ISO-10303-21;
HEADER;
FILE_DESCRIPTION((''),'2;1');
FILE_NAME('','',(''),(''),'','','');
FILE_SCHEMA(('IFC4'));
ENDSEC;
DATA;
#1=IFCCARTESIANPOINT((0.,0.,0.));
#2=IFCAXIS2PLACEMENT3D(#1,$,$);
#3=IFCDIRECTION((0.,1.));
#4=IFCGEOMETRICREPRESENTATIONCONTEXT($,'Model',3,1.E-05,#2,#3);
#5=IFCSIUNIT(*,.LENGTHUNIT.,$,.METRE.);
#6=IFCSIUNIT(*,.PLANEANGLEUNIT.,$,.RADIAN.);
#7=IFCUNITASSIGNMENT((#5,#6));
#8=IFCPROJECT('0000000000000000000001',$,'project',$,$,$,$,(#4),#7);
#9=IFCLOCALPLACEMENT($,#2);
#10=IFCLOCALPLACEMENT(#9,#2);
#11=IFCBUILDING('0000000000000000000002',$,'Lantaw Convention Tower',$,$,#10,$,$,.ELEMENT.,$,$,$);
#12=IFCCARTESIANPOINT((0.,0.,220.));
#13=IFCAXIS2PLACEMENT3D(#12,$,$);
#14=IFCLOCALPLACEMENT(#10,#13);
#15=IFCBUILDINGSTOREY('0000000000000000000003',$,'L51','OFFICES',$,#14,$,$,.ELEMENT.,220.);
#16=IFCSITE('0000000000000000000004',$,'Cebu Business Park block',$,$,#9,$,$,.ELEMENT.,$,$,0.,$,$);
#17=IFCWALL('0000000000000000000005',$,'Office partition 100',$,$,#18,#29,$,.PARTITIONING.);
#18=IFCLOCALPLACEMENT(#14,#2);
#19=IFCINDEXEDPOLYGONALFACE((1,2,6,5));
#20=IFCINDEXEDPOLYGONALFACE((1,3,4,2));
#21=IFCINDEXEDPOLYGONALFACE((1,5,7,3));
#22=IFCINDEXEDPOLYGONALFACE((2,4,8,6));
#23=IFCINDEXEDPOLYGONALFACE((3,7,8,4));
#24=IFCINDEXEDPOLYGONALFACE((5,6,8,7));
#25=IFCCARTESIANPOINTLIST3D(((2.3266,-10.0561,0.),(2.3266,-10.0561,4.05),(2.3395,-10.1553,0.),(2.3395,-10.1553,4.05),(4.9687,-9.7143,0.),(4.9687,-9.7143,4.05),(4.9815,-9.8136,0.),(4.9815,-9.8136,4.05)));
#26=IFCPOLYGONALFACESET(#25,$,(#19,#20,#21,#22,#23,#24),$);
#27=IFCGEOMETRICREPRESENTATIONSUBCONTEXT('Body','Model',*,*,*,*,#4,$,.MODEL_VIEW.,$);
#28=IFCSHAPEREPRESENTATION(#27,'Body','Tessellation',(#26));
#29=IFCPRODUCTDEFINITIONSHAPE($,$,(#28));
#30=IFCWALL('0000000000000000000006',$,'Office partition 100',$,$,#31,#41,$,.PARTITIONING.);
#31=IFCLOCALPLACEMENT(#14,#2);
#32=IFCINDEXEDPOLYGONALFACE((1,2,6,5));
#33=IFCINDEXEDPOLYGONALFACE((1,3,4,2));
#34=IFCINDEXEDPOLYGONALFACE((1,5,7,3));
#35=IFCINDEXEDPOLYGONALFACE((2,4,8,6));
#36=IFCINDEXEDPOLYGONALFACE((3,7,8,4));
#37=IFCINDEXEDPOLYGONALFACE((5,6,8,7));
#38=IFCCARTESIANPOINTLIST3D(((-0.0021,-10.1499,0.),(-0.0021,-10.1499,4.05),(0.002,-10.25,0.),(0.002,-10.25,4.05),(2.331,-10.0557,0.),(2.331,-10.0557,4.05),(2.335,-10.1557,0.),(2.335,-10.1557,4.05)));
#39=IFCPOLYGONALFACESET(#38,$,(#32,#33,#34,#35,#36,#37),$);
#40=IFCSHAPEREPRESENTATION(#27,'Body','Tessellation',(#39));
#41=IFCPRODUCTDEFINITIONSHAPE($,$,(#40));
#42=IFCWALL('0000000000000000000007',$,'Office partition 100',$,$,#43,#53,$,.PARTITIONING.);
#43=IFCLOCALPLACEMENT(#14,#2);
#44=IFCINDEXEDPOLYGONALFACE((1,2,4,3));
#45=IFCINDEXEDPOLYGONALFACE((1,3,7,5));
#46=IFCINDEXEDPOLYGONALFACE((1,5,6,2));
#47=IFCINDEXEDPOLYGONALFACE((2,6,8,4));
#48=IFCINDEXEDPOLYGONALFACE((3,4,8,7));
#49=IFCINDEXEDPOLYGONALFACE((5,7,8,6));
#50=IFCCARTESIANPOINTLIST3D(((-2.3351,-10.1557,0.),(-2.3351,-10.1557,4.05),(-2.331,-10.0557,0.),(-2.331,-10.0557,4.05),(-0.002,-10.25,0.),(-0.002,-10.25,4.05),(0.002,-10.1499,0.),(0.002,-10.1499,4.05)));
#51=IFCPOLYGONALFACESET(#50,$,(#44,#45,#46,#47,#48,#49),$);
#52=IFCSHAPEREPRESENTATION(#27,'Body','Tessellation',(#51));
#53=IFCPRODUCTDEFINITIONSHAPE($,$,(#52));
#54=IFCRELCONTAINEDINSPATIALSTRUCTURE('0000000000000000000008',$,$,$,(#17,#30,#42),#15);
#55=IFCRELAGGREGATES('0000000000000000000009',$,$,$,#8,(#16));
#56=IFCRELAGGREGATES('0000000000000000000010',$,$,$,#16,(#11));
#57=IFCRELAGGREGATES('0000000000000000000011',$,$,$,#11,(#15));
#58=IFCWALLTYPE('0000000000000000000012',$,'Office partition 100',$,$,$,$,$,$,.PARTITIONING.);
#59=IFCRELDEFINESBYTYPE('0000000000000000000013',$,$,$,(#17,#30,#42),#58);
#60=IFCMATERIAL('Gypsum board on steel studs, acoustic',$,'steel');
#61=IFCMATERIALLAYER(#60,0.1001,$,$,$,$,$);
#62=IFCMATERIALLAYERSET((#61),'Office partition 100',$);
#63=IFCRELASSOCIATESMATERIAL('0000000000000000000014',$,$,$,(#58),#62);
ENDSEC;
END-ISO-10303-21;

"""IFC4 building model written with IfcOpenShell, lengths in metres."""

from ifc_helpers import new_model, si_unit, direction, frame, frame_2d, origin, place, context, subcontext, project, spatial, rectangle, extrude, material, layer, layer_set, type_object, element, save


model = new_model("IFC4")

# Units and contexts
model_context = context("Model", 3, precision=1e-05, world=origin(), true_north=direction((0.0, 1.0)))
body_context = subcontext(model_context, "Body", "Model", "MODEL_VIEW")
ifc_project = project(units=[si_unit("LENGTHUNIT", "METRE"), si_unit("PLANEANGLEUNIT", "RADIAN")], contexts=[model_context])

# Site, building, storey
site_placement = place(None, origin())
site = spatial("IfcSite", under=ifc_project, at=site_placement, Name="Cebu Business Park block", CompositionType="ELEMENT", RefElevation=0.0)
building_placement = place(site_placement, origin())
building = spatial("IfcBuilding", under=site, at=building_placement, Name="Lantaw Convention Tower", CompositionType="ELEMENT")
storey_placement = place(building_placement, frame((0.0, 0.0, 220.0)))
storey = spatial("IfcBuildingStorey", under=building, at=storey_placement, Name="L51", Description="OFFICES", CompositionType="ELEMENT", Elevation=220.0)

# Shared definitions
ifc_material_1 = material(Name="Gypsum board on steel studs, acoustic", Category="steel")
ifc_layer_1 = layer(ifc_material_1, 0.1001)
ifc_layer_set_1 = layer_set([ifc_layer_1], Name="Office partition 100")
wall_type_1 = type_object("IfcWallType", Name="Office partition 100", PredefinedType="PARTITIONING", material=ifc_layer_set_1)

# Walls
wall_1_placement = place(storey_placement, frame((4.9751, -9.7639, 0.0), z_axis=(0.0, 0.0, 1.0), x_axis=(-0.991736, -0.128297, 0.0)))
element("IfcWall", 1, at=wall_1_placement, inside=storey, type_object=wall_type_1, Name="Office partition 100", PredefinedType="PARTITIONING", context=body_context, shape_type="SweptSolid", body=[
    extrude(rectangle(XDim=2.6641, YDim=0.1001, at=frame_2d((1.332, 0.0))), origin(), (0.0, 0.0, 1.0), 4.05),
])
for number, where, z_axis, x_axis, name in (
    (2, (2.333, -10.1057, 0.0), (0.0, 0.0, 1.0), (-0.999185, -0.040361, 0.0), "Office partition 100"),
    (3, (0.0, -10.2, 0.0), (0.0, 0.0, 1.0), (-0.999185, 0.040361, 0.0), "Office partition 100"),
):
    element("IfcWall", number, at=place(storey_placement, frame(where, z_axis=z_axis, x_axis=x_axis)), inside=storey, type_object=wall_type_1, Name=name, PredefinedType="PARTITIONING", context=body_context, shape_type="SweptSolid", body=[
        extrude(rectangle(XDim=2.335, YDim=0.1001, at=frame_2d((1.1675, 0.0))), origin(), (0.0, 0.0, 1.0), 4.05),
    ])

save(model, "model.ifc")
